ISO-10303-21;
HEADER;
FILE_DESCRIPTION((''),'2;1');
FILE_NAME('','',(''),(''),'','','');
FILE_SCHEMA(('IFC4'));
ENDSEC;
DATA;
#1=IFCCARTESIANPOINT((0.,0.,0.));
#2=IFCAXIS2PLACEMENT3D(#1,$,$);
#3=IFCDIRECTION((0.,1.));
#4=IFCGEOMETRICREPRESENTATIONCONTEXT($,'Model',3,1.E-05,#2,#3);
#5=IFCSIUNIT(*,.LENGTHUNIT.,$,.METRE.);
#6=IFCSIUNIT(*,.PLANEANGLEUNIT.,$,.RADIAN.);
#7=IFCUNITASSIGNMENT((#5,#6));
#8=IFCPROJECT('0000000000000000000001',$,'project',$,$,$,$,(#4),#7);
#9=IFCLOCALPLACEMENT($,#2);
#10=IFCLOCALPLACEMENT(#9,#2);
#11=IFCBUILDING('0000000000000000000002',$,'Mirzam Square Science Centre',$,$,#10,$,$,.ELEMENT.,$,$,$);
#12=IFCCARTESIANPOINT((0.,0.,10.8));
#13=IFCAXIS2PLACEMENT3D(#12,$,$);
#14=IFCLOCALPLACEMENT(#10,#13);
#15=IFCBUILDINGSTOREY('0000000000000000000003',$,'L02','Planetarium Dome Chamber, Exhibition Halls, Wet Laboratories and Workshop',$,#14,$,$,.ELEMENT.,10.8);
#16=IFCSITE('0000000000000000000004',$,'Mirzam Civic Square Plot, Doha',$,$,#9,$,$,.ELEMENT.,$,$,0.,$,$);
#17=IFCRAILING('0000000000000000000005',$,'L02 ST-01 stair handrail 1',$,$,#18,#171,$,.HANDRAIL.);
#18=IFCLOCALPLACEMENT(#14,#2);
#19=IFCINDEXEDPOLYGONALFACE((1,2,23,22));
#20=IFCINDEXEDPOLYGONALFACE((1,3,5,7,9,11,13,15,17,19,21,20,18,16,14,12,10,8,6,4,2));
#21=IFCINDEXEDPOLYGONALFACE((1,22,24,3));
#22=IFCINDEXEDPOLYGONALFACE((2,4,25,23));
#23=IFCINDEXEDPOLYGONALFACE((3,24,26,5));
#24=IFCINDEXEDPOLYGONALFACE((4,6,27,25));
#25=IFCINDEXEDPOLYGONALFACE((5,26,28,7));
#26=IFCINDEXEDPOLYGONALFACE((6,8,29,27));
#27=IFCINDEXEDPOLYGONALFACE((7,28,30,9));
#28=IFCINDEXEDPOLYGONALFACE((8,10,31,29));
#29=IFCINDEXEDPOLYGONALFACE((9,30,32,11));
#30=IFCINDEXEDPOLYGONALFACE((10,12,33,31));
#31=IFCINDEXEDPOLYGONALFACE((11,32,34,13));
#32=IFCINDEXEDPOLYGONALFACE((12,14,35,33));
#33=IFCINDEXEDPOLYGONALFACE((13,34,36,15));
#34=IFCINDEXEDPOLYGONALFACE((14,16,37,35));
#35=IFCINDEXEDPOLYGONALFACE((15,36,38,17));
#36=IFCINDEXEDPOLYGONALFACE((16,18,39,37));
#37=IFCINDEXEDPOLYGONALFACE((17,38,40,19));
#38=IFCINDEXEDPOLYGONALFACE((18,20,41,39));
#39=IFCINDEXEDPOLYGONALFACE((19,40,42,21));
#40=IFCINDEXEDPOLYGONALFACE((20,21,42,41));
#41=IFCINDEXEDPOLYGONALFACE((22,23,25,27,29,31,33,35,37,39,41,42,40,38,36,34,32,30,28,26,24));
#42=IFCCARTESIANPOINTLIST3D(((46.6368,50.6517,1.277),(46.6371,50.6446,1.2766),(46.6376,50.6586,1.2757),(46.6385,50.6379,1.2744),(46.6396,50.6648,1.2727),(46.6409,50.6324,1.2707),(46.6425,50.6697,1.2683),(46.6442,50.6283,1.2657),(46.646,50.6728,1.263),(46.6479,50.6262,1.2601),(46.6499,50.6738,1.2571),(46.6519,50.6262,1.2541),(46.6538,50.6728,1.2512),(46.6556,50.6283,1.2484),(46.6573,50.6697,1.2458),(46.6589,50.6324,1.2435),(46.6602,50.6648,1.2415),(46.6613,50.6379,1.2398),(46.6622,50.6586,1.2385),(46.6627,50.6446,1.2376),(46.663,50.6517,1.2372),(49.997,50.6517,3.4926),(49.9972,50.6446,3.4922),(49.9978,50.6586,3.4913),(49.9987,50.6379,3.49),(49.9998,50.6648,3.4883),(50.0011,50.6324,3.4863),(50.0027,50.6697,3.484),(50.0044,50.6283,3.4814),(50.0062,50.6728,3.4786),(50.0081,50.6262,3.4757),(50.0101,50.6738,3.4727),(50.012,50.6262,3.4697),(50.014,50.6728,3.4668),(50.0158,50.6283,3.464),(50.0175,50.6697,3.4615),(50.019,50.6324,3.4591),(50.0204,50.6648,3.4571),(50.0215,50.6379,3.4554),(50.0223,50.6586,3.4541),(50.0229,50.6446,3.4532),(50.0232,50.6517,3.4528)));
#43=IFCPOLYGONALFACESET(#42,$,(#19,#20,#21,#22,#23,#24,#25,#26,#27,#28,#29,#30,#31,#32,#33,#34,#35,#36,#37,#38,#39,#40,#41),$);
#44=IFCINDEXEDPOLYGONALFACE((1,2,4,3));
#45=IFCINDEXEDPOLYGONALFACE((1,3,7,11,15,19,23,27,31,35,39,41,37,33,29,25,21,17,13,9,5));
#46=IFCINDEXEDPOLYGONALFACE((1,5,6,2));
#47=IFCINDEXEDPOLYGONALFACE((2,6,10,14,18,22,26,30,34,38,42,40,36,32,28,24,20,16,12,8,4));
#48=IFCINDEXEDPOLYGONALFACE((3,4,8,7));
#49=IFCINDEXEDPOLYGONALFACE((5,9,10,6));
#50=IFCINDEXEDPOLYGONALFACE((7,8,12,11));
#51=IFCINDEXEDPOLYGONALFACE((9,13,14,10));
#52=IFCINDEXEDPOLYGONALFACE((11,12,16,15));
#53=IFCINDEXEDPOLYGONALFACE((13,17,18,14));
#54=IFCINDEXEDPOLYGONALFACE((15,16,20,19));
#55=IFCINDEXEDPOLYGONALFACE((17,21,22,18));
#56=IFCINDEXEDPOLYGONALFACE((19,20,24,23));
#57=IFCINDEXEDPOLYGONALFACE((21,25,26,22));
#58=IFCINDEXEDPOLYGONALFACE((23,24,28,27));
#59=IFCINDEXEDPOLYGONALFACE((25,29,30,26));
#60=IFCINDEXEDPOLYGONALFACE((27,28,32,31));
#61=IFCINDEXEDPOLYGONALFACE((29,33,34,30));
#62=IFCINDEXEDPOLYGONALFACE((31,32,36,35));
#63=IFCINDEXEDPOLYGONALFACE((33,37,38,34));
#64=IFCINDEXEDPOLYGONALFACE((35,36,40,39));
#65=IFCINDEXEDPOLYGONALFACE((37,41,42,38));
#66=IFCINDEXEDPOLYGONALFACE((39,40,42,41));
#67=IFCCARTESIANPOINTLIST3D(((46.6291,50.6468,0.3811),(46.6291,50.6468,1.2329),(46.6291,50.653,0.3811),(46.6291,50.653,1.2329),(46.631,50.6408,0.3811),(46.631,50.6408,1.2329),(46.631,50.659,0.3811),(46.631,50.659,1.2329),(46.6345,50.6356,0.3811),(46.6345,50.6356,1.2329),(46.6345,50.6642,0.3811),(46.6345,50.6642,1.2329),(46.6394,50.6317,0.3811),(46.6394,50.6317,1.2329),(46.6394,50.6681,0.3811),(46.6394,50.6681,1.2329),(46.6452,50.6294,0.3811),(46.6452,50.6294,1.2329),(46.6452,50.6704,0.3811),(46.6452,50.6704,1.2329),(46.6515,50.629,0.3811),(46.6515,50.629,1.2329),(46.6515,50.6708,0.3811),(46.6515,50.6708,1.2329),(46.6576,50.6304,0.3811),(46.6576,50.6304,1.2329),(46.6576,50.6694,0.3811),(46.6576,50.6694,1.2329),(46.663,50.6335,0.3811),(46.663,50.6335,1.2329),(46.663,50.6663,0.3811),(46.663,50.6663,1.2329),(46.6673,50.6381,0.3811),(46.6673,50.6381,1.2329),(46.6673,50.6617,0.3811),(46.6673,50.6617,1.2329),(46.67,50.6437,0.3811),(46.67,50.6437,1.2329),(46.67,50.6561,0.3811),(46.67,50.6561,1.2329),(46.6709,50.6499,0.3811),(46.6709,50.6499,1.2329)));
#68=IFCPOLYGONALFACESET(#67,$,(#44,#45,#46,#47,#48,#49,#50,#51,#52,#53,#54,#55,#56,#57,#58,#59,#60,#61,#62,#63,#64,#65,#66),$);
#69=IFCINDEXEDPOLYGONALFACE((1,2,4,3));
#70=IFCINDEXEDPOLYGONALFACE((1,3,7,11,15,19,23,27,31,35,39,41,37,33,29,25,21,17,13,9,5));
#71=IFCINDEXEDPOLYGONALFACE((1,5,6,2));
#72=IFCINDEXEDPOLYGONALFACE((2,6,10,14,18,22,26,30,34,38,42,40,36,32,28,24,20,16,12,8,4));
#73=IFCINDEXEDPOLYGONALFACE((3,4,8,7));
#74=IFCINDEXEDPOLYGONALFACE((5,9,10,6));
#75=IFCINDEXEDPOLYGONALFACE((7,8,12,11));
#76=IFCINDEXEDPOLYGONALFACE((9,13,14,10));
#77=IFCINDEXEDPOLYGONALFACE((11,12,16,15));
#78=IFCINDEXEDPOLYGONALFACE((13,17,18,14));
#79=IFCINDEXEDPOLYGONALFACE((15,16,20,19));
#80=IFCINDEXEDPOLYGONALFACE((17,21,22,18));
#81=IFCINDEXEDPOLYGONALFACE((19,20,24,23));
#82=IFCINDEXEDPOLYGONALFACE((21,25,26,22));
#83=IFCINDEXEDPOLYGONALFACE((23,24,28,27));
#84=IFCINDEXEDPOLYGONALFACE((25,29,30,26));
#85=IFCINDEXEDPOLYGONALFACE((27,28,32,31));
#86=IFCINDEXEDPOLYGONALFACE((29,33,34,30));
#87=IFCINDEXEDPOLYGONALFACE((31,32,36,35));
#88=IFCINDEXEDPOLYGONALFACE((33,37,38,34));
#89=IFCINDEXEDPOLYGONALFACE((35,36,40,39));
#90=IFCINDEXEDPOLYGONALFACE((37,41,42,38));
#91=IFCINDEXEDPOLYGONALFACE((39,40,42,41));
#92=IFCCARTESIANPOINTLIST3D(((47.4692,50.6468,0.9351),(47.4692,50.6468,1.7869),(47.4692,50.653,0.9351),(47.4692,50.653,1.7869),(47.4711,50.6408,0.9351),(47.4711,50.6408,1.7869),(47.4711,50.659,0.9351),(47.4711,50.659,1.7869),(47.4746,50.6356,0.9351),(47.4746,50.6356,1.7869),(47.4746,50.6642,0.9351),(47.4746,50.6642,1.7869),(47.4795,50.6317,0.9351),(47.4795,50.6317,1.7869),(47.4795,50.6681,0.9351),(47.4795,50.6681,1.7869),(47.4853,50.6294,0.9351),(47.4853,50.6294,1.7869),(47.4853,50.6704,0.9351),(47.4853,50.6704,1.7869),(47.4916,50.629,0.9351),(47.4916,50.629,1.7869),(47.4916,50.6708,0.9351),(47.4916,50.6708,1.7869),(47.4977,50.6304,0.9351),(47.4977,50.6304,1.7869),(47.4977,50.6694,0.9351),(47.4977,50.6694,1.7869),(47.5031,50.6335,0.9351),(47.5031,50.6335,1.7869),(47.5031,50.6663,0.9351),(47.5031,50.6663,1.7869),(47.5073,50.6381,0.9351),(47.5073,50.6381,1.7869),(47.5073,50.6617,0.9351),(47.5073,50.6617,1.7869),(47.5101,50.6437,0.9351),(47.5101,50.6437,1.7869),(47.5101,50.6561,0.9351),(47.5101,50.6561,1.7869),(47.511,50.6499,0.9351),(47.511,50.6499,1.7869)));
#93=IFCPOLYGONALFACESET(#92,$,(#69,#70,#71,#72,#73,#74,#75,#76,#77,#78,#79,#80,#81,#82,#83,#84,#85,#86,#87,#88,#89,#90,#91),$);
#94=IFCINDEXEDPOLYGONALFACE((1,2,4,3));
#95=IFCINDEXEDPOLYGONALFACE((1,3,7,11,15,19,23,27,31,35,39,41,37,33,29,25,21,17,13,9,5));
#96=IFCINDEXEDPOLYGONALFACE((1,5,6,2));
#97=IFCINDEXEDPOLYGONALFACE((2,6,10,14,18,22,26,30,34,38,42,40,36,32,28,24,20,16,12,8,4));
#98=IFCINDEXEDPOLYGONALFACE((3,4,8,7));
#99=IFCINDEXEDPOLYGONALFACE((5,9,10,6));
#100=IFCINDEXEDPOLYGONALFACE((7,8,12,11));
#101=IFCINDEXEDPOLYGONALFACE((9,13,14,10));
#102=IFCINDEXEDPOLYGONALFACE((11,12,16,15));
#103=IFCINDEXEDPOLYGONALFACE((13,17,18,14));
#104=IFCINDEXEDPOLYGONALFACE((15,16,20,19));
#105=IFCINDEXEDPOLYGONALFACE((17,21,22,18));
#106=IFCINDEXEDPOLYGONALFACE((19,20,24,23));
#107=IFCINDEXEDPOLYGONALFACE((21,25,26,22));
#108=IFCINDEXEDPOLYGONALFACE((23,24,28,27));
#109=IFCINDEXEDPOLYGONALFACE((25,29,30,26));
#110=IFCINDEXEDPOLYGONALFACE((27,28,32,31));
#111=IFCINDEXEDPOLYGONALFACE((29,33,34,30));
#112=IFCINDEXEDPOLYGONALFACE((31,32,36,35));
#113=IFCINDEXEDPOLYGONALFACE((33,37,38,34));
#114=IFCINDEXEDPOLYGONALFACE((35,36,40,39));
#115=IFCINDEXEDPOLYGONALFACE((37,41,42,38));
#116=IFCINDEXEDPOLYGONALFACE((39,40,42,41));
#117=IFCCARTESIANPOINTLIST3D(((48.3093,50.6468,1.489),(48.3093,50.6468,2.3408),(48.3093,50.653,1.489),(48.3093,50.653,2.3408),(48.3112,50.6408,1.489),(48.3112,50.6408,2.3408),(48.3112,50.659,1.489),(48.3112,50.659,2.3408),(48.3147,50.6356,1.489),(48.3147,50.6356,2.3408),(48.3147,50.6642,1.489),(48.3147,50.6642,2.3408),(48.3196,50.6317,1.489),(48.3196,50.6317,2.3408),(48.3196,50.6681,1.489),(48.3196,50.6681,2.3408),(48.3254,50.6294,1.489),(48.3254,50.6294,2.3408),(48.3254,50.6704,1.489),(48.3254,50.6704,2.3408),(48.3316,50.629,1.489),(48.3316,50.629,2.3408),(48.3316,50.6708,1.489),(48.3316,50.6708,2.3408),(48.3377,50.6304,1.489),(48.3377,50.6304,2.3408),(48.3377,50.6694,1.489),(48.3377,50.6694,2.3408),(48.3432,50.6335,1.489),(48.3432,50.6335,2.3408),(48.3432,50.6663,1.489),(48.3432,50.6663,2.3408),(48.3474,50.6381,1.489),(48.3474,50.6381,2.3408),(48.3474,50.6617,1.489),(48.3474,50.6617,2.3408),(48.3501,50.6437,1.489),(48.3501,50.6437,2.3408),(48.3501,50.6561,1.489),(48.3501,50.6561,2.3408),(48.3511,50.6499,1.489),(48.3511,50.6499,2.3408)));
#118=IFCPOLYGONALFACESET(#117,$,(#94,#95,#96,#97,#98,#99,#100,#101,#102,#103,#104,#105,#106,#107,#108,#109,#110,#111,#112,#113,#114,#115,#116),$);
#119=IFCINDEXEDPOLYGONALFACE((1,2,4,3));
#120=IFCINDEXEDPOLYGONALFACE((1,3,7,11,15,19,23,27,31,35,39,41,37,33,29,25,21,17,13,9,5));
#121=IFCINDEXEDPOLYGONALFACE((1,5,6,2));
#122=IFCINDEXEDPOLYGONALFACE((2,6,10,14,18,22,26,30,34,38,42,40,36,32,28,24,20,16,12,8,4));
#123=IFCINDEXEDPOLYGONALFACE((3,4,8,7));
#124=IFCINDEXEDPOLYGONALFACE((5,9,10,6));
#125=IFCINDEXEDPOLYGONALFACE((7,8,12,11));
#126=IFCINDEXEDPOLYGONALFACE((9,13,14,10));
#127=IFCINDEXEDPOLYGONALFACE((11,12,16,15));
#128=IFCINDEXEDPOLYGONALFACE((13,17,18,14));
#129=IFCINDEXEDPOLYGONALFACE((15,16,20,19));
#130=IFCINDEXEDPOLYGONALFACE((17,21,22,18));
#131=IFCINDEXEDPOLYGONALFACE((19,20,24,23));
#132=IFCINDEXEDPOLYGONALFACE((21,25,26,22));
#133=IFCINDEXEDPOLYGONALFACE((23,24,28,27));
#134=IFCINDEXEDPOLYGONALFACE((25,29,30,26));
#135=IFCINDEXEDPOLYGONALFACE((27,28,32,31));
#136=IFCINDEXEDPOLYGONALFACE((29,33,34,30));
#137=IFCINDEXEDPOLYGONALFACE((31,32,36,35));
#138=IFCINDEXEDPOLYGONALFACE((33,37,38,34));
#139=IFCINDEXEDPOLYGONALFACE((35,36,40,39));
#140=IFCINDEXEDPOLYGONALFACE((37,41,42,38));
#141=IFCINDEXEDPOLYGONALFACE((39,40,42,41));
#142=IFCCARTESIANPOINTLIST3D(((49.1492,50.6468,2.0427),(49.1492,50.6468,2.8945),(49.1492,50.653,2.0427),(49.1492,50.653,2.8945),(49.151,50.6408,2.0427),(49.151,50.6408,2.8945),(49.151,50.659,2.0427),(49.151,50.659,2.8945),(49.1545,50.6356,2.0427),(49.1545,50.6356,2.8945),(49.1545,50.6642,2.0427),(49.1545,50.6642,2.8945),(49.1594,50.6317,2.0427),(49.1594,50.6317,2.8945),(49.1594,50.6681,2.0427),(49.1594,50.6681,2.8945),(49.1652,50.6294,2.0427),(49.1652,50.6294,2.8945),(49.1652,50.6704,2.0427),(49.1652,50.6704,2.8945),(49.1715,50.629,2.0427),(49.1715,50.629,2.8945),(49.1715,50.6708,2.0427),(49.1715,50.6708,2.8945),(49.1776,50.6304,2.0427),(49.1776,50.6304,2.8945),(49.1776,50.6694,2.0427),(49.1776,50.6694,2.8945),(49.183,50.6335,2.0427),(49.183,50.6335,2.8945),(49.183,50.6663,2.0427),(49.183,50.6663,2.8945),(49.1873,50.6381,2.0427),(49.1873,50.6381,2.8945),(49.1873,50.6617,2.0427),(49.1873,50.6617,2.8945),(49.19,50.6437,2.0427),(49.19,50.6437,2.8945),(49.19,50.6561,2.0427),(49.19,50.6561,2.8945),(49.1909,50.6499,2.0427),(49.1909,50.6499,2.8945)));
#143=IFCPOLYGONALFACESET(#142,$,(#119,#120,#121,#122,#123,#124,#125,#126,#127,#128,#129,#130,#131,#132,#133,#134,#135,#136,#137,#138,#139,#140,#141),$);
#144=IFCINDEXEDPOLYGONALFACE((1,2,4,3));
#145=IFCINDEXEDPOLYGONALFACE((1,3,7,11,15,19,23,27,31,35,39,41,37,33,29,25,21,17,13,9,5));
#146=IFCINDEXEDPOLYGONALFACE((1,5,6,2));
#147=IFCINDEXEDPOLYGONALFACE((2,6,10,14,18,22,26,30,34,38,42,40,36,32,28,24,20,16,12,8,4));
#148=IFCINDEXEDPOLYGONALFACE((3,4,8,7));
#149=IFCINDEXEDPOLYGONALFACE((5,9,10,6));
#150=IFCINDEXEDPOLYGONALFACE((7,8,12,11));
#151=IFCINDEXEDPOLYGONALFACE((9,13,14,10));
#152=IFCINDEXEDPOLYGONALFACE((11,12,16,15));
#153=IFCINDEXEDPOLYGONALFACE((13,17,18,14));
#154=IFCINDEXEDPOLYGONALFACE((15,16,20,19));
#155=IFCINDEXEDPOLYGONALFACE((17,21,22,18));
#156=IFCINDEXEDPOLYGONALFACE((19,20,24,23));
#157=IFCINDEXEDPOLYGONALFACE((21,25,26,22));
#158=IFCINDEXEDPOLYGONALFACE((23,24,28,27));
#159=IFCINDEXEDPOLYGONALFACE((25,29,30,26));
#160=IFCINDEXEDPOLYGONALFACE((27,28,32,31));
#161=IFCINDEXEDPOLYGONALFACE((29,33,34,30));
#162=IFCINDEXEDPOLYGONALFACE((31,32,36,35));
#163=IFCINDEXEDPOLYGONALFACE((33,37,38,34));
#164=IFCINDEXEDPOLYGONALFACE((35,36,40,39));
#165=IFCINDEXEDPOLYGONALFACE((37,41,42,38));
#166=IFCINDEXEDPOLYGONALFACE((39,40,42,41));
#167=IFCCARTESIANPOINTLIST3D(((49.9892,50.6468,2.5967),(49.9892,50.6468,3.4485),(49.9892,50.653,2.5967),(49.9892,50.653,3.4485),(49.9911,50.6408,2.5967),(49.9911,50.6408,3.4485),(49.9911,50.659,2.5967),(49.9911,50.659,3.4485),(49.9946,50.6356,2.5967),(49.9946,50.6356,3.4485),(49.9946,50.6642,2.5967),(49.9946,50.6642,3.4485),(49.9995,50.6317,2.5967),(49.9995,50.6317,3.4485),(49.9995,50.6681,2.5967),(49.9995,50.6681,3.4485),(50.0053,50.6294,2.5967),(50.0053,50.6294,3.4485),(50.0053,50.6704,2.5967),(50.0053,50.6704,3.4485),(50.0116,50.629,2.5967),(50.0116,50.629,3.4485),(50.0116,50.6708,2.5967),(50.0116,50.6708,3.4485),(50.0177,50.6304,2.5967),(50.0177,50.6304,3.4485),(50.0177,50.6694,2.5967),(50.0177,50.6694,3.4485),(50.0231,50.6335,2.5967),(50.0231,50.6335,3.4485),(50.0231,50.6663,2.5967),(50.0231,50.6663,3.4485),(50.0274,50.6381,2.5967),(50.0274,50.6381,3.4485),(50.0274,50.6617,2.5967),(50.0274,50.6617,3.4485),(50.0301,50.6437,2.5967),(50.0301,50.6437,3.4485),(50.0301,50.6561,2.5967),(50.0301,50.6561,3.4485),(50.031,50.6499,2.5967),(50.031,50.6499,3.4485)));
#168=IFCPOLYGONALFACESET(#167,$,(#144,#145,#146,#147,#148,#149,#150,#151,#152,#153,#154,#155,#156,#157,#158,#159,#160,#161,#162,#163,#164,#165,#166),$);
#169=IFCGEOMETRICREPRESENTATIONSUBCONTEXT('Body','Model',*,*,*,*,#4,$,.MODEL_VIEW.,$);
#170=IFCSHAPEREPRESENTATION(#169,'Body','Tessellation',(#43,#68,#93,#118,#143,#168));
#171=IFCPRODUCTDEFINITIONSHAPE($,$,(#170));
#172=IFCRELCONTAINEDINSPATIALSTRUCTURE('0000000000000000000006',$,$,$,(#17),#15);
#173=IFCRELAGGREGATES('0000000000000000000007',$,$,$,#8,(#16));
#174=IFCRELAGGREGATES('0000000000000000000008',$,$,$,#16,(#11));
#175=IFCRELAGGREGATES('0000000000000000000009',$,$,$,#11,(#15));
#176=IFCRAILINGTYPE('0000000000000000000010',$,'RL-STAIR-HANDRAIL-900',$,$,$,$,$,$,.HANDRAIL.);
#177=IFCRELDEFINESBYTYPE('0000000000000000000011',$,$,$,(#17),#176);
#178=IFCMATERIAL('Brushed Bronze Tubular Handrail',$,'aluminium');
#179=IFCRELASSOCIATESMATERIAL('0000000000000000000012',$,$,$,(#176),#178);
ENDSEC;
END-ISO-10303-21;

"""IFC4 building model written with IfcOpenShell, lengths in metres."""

from ifc_helpers import new_model, si_unit, direction, frame, origin, origin_2d, place, context, subcontext, project, spatial, circle, extrude, material, type_object, element, save


model = new_model("IFC4")

# Units and contexts
model_context = context("Model", 3, precision=1e-05, world=origin(), true_north=direction((0.0, 1.0)))
body_context = subcontext(model_context, "Body", "Model", "MODEL_VIEW")
ifc_project = project(units=[si_unit("LENGTHUNIT", "METRE"), si_unit("PLANEANGLEUNIT", "RADIAN")], contexts=[model_context])

# Site, building, storey
site_placement = place(None, origin())
site = spatial("IfcSite", under=ifc_project, at=site_placement, Name="Mirzam Civic Square Plot, Doha", CompositionType="ELEMENT", RefElevation=0.0)
building_placement = place(site_placement, origin())
building = spatial("IfcBuilding", under=site, at=building_placement, Name="Mirzam Square Science Centre", CompositionType="ELEMENT")
storey_placement = place(building_placement, frame((0.0, 0.0, 10.8)))
storey = spatial("IfcBuildingStorey", under=building, at=storey_placement, Name="L02", Description="Planetarium Dome Chamber, Exhibition Halls, Wet Laboratories and Workshop", CompositionType="ELEMENT", Elevation=10.8)

# Railing
ifc_material_1 = material(Name="Brushed Bronze Tubular Handrail", Category="aluminium")
railing_type_1 = type_object("IfcRailingType", Name="RL-STAIR-HANDRAIL-900", PredefinedType="HANDRAIL", material=ifc_material_1)
railing_1_placement = place(storey_placement, frame((46.6499, 50.6499, 0.3811)))
element("IfcRailing", 1, at=railing_1_placement, inside=storey, type_object=railing_type_1, Name="L02 ST-01 stair handrail 1", PredefinedType="HANDRAIL", context=body_context, shape_type="SweptSolid", body=[
    extrude(circle(Radius=0.0239, at=origin_2d()), frame((0.0, 0.0, 0.876), z_axis=(0.834849, 0.0, 0.55048), x_axis=(0.0, 1.0, 0.0)), (0.0, 0.0, 1.0), 4.0249),
    extrude(circle(Radius=0.021, at=origin_2d()), origin(), (0.0, 0.0, 1.0), 0.8518),
    extrude(circle(Radius=0.021, at=origin_2d()), frame((0.8401, 0.0, 0.554)), (0.0, 0.0, 1.0), 0.8518),
    extrude(circle(Radius=0.021, at=origin_2d()), frame((1.6802, 0.0, 1.1079)), (0.0, 0.0, 1.0), 0.8518),
    extrude(circle(Radius=0.021, at=origin_2d()), frame((2.52, 0.0, 1.6616)), (0.0, 0.0, 1.0), 0.8518),
    extrude(circle(Radius=0.021, at=origin_2d()), frame((3.3601, 0.0, 2.2156)), (0.0, 0.0, 1.0), 0.8518),
])

save(model, "model.ifc")
